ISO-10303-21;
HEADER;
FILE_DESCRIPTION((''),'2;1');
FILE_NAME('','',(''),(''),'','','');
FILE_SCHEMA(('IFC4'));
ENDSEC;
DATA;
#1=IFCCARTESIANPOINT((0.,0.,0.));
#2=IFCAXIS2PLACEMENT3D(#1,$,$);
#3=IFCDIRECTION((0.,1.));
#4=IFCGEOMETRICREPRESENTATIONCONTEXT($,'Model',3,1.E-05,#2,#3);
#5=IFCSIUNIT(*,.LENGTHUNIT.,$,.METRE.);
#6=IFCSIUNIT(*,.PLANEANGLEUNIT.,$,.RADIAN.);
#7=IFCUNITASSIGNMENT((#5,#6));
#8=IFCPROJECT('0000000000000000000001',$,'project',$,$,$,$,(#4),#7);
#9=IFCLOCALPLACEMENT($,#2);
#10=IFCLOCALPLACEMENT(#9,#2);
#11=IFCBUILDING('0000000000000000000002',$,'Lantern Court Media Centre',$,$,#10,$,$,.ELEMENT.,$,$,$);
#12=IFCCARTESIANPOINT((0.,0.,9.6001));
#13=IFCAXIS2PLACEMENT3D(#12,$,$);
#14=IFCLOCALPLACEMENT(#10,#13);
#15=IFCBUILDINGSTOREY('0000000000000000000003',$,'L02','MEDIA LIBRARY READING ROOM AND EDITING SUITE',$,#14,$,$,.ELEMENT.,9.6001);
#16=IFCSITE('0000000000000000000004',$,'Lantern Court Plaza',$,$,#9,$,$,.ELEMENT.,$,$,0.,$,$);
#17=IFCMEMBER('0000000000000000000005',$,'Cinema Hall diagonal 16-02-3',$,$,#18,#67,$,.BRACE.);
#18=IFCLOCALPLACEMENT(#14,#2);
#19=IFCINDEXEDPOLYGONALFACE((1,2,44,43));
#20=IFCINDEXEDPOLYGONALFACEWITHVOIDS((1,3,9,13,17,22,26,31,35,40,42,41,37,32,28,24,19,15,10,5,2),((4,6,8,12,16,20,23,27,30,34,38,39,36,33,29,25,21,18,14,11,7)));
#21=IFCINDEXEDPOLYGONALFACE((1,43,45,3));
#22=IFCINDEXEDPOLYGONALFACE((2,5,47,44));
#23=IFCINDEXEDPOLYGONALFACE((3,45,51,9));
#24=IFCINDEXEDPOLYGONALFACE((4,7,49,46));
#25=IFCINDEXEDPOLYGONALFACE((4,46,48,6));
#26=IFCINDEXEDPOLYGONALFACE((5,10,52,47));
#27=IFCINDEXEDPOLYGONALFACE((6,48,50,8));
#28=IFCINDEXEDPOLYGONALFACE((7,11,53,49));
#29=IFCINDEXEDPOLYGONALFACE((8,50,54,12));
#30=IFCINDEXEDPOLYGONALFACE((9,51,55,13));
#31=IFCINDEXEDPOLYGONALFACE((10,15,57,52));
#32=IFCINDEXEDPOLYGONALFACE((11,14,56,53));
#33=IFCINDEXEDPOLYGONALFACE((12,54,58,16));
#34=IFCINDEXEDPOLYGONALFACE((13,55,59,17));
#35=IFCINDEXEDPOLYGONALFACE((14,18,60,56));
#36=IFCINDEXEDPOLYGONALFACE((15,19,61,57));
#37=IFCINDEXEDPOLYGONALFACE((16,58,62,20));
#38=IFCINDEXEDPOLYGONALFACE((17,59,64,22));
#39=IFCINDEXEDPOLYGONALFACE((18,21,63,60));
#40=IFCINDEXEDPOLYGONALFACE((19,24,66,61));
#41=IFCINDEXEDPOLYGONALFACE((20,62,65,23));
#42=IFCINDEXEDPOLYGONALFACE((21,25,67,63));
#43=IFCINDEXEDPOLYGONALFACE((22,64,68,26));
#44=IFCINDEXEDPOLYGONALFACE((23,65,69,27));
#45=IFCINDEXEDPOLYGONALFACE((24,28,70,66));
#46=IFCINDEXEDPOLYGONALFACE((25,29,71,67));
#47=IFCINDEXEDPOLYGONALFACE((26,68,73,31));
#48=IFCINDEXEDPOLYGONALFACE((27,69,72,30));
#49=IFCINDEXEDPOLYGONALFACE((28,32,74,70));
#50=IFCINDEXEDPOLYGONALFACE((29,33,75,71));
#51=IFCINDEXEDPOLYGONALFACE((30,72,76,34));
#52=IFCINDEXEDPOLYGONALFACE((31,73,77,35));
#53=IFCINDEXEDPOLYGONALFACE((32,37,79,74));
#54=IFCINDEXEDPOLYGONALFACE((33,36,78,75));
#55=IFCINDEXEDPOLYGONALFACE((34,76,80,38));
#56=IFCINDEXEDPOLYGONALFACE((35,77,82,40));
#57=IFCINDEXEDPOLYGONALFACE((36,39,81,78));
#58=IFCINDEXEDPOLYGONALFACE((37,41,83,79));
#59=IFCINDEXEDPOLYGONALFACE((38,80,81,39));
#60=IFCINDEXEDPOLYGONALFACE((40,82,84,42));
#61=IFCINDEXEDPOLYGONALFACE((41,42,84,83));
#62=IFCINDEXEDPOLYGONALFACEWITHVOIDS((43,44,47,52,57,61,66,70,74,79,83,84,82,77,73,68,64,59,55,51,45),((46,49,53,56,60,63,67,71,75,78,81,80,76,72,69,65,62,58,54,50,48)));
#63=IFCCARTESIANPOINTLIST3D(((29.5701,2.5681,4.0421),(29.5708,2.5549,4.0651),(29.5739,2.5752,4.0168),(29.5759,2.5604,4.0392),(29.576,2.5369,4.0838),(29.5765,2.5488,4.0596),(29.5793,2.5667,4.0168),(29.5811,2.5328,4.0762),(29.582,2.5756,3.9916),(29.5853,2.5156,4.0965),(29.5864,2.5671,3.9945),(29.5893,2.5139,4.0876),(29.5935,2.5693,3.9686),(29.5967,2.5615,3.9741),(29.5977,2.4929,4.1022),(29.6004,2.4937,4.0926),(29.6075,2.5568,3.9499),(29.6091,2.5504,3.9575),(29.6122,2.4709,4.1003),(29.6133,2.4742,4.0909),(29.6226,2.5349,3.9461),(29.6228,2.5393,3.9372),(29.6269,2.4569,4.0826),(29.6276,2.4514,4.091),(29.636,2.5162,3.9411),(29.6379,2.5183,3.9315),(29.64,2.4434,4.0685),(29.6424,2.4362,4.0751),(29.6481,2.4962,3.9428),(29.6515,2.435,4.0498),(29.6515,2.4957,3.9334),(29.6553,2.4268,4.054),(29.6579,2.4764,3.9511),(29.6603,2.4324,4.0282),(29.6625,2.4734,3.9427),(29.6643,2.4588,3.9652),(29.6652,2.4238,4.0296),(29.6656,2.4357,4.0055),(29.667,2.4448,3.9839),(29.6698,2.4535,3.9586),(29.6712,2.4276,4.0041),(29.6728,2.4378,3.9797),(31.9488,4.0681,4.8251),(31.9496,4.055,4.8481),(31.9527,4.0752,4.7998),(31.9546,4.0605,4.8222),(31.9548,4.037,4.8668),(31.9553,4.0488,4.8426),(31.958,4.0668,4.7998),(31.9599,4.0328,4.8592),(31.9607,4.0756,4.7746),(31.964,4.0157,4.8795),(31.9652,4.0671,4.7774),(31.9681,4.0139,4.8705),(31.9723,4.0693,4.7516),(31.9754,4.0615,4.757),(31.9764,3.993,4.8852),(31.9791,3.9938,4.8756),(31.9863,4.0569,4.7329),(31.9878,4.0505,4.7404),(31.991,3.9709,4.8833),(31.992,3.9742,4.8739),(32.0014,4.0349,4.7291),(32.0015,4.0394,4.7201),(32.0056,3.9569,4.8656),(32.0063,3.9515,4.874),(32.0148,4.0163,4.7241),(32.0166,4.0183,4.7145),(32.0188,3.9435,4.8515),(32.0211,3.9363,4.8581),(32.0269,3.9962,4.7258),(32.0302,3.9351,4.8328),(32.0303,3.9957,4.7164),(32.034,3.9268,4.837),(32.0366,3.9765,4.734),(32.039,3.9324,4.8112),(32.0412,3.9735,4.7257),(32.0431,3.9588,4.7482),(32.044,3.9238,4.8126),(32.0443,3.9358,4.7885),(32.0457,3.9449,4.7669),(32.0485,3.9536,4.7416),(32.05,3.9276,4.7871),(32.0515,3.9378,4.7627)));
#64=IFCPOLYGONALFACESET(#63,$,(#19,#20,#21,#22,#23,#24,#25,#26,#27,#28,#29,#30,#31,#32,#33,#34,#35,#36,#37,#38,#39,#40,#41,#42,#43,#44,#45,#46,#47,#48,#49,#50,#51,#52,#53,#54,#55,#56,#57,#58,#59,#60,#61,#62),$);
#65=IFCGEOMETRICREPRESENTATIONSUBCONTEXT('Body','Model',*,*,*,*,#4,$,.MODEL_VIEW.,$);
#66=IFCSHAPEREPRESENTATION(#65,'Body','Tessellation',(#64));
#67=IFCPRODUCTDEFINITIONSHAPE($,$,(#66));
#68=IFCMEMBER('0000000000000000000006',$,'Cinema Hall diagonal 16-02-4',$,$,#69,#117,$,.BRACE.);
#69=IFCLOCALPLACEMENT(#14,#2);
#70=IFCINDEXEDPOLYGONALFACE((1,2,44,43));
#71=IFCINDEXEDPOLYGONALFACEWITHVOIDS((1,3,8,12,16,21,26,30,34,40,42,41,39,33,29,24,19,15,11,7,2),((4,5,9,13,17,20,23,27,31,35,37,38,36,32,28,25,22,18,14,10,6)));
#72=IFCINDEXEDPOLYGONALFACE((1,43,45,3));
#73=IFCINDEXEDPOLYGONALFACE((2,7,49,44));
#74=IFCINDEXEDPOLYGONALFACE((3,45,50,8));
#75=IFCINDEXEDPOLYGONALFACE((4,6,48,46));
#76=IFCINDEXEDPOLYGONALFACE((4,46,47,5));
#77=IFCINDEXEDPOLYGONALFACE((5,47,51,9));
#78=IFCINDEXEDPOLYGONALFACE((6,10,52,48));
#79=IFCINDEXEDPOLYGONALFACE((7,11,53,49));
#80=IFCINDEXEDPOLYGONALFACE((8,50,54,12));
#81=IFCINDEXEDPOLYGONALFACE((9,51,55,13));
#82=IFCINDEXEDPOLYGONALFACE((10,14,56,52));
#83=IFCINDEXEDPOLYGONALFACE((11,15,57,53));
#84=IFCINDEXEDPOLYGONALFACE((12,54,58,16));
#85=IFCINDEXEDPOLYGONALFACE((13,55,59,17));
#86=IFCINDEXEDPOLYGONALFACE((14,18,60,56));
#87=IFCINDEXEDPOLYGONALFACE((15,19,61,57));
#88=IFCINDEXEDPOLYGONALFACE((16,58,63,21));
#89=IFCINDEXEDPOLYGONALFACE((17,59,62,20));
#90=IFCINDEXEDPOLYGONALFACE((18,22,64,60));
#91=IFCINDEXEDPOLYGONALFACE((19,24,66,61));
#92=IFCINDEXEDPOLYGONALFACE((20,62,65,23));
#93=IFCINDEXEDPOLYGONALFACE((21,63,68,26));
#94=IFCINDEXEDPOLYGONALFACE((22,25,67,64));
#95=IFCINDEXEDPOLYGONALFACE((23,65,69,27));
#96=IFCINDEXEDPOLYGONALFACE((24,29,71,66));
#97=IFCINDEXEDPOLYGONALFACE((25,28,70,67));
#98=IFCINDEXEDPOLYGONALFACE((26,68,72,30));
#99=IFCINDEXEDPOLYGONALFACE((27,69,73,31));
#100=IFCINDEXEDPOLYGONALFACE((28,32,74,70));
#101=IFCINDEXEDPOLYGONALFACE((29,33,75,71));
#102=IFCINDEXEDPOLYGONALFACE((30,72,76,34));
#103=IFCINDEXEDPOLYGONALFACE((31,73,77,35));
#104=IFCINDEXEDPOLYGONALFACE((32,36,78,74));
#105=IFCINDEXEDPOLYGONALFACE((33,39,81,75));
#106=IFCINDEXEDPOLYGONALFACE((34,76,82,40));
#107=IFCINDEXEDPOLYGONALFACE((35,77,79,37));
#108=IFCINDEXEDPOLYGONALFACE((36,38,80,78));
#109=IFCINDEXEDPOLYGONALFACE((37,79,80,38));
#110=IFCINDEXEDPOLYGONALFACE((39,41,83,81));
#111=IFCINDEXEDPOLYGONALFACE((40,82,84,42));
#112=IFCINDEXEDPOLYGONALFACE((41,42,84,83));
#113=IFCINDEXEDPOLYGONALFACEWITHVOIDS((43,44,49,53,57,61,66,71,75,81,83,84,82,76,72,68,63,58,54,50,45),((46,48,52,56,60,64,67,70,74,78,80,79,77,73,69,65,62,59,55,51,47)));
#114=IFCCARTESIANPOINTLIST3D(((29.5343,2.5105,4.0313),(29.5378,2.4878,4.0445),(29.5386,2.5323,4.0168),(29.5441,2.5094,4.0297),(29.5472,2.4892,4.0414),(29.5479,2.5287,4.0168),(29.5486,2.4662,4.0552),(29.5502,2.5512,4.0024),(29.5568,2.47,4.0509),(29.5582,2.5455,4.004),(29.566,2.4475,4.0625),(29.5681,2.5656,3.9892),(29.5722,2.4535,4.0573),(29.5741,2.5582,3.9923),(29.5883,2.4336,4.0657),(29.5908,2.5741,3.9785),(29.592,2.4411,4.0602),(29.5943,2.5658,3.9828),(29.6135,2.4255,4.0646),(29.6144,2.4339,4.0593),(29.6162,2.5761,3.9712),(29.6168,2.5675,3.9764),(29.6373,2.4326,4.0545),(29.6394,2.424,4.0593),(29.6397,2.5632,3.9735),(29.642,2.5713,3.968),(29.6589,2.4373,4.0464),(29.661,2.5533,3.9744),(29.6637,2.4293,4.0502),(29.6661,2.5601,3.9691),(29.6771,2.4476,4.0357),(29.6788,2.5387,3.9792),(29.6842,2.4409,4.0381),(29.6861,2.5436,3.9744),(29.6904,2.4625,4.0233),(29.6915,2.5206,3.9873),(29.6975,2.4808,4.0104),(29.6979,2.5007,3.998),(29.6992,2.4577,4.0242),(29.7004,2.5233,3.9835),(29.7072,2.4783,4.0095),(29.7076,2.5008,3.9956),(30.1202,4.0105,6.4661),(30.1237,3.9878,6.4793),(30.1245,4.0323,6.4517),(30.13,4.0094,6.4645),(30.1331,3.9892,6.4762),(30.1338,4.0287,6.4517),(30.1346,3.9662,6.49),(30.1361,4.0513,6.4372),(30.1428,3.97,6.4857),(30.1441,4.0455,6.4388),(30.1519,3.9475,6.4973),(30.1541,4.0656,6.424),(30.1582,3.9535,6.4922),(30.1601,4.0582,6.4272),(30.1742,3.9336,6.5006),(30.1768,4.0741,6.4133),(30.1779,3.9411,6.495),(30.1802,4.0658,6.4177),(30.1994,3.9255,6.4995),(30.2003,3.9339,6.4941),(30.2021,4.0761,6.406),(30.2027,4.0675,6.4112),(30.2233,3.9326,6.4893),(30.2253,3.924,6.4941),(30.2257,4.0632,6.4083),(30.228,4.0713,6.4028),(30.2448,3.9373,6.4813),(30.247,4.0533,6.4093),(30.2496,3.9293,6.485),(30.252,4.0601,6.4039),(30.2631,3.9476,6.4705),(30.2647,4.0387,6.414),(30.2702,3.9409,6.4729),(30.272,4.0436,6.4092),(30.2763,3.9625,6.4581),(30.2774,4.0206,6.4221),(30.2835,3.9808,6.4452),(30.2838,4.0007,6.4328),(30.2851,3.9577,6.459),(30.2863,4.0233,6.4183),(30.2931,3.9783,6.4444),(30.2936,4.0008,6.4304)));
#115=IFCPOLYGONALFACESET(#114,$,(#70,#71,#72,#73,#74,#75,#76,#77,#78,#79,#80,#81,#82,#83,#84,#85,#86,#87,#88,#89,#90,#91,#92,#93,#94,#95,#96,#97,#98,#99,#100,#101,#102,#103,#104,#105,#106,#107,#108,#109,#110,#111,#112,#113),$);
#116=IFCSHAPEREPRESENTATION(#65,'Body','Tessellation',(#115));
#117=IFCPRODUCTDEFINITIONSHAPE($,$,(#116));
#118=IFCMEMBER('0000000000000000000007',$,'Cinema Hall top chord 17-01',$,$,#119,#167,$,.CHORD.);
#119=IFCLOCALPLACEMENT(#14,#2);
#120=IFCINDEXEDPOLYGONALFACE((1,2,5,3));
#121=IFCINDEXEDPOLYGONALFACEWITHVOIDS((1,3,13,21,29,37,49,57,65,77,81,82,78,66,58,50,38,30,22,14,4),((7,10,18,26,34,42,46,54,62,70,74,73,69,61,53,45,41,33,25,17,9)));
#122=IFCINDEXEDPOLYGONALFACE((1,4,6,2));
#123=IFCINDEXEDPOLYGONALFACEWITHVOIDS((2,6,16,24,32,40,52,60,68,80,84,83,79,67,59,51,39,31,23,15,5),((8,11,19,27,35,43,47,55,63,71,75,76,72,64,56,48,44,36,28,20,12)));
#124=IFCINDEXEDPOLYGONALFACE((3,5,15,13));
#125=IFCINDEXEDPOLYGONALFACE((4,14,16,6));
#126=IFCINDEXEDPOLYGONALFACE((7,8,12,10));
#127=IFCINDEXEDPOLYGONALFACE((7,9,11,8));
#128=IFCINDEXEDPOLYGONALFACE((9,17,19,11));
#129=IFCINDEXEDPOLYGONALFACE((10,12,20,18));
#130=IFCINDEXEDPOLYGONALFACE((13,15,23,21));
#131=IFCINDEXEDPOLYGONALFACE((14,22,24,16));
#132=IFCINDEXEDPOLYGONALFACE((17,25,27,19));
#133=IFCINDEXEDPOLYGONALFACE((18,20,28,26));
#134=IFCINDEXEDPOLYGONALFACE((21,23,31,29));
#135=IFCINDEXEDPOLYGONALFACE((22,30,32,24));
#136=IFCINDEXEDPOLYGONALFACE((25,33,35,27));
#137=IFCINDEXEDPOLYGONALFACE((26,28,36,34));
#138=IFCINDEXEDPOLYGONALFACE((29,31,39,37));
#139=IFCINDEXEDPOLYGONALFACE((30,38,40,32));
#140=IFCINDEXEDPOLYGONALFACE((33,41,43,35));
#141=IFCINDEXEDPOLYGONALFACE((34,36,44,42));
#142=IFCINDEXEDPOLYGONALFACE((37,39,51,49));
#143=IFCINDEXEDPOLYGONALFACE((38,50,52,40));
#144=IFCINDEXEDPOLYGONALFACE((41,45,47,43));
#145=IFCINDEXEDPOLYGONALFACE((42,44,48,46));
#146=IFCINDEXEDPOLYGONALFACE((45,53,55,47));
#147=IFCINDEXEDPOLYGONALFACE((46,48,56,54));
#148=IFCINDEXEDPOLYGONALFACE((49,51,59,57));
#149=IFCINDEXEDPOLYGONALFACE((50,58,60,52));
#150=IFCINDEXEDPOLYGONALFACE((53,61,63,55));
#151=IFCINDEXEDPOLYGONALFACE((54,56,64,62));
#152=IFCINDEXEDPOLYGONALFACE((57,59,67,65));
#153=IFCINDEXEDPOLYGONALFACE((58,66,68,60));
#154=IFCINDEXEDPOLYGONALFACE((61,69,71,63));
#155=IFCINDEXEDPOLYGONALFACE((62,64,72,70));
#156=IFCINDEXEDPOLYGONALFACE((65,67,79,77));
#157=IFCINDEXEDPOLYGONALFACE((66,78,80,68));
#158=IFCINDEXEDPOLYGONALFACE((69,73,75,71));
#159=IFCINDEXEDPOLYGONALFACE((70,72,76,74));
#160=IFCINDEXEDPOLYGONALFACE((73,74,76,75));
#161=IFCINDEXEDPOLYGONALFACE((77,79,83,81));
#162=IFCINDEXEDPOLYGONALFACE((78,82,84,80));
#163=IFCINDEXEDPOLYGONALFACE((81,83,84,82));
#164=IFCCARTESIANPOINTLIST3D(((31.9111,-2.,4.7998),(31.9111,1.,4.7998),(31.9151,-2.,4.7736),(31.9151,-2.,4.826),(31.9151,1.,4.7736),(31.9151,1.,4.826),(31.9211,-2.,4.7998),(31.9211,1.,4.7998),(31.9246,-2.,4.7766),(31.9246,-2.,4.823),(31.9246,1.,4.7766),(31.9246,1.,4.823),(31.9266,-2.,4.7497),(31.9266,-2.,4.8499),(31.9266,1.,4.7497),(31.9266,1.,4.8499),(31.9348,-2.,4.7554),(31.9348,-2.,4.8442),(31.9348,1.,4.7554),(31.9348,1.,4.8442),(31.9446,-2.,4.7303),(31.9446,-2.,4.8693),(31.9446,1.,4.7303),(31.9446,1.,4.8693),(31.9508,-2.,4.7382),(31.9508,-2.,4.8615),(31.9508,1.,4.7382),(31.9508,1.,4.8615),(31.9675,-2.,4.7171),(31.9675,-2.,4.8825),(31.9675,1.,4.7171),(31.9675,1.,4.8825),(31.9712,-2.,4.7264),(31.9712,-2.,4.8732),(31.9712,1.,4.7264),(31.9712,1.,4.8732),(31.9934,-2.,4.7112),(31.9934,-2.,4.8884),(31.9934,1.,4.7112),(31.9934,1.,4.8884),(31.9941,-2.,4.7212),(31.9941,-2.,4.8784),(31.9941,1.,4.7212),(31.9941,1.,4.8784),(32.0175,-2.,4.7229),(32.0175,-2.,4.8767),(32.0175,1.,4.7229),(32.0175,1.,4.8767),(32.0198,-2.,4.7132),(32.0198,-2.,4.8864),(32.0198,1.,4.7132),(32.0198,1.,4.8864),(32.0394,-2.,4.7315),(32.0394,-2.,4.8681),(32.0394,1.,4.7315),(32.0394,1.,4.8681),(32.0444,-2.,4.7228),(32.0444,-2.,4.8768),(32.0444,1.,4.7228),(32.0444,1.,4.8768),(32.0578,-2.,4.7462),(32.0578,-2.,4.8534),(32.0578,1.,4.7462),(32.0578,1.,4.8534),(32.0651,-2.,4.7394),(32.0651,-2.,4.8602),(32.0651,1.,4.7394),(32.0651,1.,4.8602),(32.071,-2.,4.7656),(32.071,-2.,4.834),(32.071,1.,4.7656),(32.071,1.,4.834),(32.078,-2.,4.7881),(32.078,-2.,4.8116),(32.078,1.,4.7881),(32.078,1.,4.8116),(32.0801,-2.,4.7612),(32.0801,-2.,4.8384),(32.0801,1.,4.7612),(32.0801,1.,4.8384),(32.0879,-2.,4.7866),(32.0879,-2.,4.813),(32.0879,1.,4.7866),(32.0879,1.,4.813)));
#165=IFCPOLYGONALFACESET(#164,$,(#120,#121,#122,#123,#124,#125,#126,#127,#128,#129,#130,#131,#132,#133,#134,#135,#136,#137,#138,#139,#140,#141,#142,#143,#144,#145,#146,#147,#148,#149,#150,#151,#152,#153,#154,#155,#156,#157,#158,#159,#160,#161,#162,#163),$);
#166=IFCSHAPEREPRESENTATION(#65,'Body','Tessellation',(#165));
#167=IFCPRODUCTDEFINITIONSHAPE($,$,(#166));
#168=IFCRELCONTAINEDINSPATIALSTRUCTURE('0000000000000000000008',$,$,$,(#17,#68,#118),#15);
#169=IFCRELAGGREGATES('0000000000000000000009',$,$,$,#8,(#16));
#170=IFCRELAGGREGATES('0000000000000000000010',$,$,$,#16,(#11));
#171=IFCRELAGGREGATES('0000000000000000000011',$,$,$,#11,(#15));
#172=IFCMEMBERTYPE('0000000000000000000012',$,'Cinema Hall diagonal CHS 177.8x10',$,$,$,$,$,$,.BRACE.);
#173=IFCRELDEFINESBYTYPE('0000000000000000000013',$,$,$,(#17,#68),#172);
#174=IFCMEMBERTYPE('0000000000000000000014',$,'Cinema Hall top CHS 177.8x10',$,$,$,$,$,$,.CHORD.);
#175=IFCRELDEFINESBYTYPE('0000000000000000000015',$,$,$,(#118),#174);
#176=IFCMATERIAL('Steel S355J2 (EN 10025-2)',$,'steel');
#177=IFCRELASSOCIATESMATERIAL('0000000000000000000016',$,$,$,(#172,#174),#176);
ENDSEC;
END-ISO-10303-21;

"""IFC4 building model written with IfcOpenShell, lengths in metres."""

from ifc_helpers import new_model, si_unit, direction, frame, origin, origin_2d, place, context, subcontext, project, spatial, hollow_circle, extrude, material, material_profile, profile_set, type_object, element, save


model = new_model("IFC4")

# Units and contexts
model_context = context("Model", 3, precision=1e-05, world=origin(), true_north=direction((0.0, 1.0)))
body_context = subcontext(model_context, "Body", "Model", "MODEL_VIEW")
ifc_project = project(units=[si_unit("LENGTHUNIT", "METRE"), si_unit("PLANEANGLEUNIT", "RADIAN")], contexts=[model_context])

# Site, building, storey
site_placement = place(None, origin())
site = spatial("IfcSite", under=ifc_project, at=site_placement, Name="Lantern Court Plaza", CompositionType="ELEMENT", RefElevation=0.0)
building_placement = place(site_placement, origin())
building = spatial("IfcBuilding", under=site, at=building_placement, Name="Lantern Court Media Centre", CompositionType="ELEMENT")
storey_placement = place(building_placement, frame((0.0, 0.0, 9.6001)))
storey = spatial("IfcBuildingStorey", under=building, at=storey_placement, Name="L02", Description="MEDIA LIBRARY READING ROOM AND EDITING SUITE", CompositionType="ELEMENT", Elevation=9.6001)

# Members
ifc_material_1 = material(Name="Steel S355J2 (EN 10025-2)", Category="steel")
ifc_material_profile_1 = material_profile(ifc_material_1, hollow_circle(Radius=0.0889, WallThickness=0.01, at=origin_2d()), Name="Cinema Hall diagonal CHS 177.8x10")
ifc_profile_set_1 = profile_set([ifc_material_profile_1], Name="Steel S355J2 (EN 10025-2)")
member_type_1 = type_object("IfcMemberType", Name="Cinema Hall diagonal CHS 177.8x10", PredefinedType="BRACE", material=ifc_profile_set_1)
for number, where, z_axis, x_axis, name in (
    (1, (29.6213, 2.5, 4.0168), (0.814866, 0.51386, 0.268221), (-0.533405, 0.84586, 0.0), "Cinema Hall diagonal 16-02-3"),
    (2, (29.6213, 2.5, 4.0168), (0.20072, 0.513842, 0.834073), (-0.931457, 0.363851, 0.0), "Cinema Hall diagonal 16-02-4"),
):
    element("IfcMember", number, at=place(storey_placement, frame(where, z_axis=z_axis, x_axis=x_axis)), inside=storey, type_object=member_type_1, Name=name, PredefinedType="BRACE", context=body_context, shape_type="SweptSolid", body=[
        extrude(hollow_circle(Radius=0.0889, WallThickness=0.01, at=origin_2d()), origin(), (0.0, 0.0, 1.0), 2.9192),
    ])
ifc_material_profile_2 = material_profile(ifc_material_1, hollow_circle(Radius=0.0889, WallThickness=0.01, at=origin_2d()), Name="Cinema Hall top CHS 177.8x10")
ifc_profile_set_2 = profile_set([ifc_material_profile_2], Name="Steel S355J2 (EN 10025-2)")
member_type_2 = type_object("IfcMemberType", Name="Cinema Hall top CHS 177.8x10", PredefinedType="CHORD", material=ifc_profile_set_2)
for number, where, z_axis, x_axis, name in (
    (3, (32.0, -2.0, 4.7998), (0.0, 1.0, 0.0), (-1.0, 0.0, 0.0), "Cinema Hall top chord 17-01"),
):
    element("IfcMember", number, at=place(storey_placement, frame(where, z_axis=z_axis, x_axis=x_axis)), inside=storey, type_object=member_type_2, Name=name, PredefinedType="CHORD", context=body_context, shape_type="SweptSolid", body=[
        extrude(hollow_circle(Radius=0.0889, WallThickness=0.01, at=origin_2d()), origin(), (0.0, 0.0, 1.0), 3.0),
    ])

save(model, "model.ifc")
